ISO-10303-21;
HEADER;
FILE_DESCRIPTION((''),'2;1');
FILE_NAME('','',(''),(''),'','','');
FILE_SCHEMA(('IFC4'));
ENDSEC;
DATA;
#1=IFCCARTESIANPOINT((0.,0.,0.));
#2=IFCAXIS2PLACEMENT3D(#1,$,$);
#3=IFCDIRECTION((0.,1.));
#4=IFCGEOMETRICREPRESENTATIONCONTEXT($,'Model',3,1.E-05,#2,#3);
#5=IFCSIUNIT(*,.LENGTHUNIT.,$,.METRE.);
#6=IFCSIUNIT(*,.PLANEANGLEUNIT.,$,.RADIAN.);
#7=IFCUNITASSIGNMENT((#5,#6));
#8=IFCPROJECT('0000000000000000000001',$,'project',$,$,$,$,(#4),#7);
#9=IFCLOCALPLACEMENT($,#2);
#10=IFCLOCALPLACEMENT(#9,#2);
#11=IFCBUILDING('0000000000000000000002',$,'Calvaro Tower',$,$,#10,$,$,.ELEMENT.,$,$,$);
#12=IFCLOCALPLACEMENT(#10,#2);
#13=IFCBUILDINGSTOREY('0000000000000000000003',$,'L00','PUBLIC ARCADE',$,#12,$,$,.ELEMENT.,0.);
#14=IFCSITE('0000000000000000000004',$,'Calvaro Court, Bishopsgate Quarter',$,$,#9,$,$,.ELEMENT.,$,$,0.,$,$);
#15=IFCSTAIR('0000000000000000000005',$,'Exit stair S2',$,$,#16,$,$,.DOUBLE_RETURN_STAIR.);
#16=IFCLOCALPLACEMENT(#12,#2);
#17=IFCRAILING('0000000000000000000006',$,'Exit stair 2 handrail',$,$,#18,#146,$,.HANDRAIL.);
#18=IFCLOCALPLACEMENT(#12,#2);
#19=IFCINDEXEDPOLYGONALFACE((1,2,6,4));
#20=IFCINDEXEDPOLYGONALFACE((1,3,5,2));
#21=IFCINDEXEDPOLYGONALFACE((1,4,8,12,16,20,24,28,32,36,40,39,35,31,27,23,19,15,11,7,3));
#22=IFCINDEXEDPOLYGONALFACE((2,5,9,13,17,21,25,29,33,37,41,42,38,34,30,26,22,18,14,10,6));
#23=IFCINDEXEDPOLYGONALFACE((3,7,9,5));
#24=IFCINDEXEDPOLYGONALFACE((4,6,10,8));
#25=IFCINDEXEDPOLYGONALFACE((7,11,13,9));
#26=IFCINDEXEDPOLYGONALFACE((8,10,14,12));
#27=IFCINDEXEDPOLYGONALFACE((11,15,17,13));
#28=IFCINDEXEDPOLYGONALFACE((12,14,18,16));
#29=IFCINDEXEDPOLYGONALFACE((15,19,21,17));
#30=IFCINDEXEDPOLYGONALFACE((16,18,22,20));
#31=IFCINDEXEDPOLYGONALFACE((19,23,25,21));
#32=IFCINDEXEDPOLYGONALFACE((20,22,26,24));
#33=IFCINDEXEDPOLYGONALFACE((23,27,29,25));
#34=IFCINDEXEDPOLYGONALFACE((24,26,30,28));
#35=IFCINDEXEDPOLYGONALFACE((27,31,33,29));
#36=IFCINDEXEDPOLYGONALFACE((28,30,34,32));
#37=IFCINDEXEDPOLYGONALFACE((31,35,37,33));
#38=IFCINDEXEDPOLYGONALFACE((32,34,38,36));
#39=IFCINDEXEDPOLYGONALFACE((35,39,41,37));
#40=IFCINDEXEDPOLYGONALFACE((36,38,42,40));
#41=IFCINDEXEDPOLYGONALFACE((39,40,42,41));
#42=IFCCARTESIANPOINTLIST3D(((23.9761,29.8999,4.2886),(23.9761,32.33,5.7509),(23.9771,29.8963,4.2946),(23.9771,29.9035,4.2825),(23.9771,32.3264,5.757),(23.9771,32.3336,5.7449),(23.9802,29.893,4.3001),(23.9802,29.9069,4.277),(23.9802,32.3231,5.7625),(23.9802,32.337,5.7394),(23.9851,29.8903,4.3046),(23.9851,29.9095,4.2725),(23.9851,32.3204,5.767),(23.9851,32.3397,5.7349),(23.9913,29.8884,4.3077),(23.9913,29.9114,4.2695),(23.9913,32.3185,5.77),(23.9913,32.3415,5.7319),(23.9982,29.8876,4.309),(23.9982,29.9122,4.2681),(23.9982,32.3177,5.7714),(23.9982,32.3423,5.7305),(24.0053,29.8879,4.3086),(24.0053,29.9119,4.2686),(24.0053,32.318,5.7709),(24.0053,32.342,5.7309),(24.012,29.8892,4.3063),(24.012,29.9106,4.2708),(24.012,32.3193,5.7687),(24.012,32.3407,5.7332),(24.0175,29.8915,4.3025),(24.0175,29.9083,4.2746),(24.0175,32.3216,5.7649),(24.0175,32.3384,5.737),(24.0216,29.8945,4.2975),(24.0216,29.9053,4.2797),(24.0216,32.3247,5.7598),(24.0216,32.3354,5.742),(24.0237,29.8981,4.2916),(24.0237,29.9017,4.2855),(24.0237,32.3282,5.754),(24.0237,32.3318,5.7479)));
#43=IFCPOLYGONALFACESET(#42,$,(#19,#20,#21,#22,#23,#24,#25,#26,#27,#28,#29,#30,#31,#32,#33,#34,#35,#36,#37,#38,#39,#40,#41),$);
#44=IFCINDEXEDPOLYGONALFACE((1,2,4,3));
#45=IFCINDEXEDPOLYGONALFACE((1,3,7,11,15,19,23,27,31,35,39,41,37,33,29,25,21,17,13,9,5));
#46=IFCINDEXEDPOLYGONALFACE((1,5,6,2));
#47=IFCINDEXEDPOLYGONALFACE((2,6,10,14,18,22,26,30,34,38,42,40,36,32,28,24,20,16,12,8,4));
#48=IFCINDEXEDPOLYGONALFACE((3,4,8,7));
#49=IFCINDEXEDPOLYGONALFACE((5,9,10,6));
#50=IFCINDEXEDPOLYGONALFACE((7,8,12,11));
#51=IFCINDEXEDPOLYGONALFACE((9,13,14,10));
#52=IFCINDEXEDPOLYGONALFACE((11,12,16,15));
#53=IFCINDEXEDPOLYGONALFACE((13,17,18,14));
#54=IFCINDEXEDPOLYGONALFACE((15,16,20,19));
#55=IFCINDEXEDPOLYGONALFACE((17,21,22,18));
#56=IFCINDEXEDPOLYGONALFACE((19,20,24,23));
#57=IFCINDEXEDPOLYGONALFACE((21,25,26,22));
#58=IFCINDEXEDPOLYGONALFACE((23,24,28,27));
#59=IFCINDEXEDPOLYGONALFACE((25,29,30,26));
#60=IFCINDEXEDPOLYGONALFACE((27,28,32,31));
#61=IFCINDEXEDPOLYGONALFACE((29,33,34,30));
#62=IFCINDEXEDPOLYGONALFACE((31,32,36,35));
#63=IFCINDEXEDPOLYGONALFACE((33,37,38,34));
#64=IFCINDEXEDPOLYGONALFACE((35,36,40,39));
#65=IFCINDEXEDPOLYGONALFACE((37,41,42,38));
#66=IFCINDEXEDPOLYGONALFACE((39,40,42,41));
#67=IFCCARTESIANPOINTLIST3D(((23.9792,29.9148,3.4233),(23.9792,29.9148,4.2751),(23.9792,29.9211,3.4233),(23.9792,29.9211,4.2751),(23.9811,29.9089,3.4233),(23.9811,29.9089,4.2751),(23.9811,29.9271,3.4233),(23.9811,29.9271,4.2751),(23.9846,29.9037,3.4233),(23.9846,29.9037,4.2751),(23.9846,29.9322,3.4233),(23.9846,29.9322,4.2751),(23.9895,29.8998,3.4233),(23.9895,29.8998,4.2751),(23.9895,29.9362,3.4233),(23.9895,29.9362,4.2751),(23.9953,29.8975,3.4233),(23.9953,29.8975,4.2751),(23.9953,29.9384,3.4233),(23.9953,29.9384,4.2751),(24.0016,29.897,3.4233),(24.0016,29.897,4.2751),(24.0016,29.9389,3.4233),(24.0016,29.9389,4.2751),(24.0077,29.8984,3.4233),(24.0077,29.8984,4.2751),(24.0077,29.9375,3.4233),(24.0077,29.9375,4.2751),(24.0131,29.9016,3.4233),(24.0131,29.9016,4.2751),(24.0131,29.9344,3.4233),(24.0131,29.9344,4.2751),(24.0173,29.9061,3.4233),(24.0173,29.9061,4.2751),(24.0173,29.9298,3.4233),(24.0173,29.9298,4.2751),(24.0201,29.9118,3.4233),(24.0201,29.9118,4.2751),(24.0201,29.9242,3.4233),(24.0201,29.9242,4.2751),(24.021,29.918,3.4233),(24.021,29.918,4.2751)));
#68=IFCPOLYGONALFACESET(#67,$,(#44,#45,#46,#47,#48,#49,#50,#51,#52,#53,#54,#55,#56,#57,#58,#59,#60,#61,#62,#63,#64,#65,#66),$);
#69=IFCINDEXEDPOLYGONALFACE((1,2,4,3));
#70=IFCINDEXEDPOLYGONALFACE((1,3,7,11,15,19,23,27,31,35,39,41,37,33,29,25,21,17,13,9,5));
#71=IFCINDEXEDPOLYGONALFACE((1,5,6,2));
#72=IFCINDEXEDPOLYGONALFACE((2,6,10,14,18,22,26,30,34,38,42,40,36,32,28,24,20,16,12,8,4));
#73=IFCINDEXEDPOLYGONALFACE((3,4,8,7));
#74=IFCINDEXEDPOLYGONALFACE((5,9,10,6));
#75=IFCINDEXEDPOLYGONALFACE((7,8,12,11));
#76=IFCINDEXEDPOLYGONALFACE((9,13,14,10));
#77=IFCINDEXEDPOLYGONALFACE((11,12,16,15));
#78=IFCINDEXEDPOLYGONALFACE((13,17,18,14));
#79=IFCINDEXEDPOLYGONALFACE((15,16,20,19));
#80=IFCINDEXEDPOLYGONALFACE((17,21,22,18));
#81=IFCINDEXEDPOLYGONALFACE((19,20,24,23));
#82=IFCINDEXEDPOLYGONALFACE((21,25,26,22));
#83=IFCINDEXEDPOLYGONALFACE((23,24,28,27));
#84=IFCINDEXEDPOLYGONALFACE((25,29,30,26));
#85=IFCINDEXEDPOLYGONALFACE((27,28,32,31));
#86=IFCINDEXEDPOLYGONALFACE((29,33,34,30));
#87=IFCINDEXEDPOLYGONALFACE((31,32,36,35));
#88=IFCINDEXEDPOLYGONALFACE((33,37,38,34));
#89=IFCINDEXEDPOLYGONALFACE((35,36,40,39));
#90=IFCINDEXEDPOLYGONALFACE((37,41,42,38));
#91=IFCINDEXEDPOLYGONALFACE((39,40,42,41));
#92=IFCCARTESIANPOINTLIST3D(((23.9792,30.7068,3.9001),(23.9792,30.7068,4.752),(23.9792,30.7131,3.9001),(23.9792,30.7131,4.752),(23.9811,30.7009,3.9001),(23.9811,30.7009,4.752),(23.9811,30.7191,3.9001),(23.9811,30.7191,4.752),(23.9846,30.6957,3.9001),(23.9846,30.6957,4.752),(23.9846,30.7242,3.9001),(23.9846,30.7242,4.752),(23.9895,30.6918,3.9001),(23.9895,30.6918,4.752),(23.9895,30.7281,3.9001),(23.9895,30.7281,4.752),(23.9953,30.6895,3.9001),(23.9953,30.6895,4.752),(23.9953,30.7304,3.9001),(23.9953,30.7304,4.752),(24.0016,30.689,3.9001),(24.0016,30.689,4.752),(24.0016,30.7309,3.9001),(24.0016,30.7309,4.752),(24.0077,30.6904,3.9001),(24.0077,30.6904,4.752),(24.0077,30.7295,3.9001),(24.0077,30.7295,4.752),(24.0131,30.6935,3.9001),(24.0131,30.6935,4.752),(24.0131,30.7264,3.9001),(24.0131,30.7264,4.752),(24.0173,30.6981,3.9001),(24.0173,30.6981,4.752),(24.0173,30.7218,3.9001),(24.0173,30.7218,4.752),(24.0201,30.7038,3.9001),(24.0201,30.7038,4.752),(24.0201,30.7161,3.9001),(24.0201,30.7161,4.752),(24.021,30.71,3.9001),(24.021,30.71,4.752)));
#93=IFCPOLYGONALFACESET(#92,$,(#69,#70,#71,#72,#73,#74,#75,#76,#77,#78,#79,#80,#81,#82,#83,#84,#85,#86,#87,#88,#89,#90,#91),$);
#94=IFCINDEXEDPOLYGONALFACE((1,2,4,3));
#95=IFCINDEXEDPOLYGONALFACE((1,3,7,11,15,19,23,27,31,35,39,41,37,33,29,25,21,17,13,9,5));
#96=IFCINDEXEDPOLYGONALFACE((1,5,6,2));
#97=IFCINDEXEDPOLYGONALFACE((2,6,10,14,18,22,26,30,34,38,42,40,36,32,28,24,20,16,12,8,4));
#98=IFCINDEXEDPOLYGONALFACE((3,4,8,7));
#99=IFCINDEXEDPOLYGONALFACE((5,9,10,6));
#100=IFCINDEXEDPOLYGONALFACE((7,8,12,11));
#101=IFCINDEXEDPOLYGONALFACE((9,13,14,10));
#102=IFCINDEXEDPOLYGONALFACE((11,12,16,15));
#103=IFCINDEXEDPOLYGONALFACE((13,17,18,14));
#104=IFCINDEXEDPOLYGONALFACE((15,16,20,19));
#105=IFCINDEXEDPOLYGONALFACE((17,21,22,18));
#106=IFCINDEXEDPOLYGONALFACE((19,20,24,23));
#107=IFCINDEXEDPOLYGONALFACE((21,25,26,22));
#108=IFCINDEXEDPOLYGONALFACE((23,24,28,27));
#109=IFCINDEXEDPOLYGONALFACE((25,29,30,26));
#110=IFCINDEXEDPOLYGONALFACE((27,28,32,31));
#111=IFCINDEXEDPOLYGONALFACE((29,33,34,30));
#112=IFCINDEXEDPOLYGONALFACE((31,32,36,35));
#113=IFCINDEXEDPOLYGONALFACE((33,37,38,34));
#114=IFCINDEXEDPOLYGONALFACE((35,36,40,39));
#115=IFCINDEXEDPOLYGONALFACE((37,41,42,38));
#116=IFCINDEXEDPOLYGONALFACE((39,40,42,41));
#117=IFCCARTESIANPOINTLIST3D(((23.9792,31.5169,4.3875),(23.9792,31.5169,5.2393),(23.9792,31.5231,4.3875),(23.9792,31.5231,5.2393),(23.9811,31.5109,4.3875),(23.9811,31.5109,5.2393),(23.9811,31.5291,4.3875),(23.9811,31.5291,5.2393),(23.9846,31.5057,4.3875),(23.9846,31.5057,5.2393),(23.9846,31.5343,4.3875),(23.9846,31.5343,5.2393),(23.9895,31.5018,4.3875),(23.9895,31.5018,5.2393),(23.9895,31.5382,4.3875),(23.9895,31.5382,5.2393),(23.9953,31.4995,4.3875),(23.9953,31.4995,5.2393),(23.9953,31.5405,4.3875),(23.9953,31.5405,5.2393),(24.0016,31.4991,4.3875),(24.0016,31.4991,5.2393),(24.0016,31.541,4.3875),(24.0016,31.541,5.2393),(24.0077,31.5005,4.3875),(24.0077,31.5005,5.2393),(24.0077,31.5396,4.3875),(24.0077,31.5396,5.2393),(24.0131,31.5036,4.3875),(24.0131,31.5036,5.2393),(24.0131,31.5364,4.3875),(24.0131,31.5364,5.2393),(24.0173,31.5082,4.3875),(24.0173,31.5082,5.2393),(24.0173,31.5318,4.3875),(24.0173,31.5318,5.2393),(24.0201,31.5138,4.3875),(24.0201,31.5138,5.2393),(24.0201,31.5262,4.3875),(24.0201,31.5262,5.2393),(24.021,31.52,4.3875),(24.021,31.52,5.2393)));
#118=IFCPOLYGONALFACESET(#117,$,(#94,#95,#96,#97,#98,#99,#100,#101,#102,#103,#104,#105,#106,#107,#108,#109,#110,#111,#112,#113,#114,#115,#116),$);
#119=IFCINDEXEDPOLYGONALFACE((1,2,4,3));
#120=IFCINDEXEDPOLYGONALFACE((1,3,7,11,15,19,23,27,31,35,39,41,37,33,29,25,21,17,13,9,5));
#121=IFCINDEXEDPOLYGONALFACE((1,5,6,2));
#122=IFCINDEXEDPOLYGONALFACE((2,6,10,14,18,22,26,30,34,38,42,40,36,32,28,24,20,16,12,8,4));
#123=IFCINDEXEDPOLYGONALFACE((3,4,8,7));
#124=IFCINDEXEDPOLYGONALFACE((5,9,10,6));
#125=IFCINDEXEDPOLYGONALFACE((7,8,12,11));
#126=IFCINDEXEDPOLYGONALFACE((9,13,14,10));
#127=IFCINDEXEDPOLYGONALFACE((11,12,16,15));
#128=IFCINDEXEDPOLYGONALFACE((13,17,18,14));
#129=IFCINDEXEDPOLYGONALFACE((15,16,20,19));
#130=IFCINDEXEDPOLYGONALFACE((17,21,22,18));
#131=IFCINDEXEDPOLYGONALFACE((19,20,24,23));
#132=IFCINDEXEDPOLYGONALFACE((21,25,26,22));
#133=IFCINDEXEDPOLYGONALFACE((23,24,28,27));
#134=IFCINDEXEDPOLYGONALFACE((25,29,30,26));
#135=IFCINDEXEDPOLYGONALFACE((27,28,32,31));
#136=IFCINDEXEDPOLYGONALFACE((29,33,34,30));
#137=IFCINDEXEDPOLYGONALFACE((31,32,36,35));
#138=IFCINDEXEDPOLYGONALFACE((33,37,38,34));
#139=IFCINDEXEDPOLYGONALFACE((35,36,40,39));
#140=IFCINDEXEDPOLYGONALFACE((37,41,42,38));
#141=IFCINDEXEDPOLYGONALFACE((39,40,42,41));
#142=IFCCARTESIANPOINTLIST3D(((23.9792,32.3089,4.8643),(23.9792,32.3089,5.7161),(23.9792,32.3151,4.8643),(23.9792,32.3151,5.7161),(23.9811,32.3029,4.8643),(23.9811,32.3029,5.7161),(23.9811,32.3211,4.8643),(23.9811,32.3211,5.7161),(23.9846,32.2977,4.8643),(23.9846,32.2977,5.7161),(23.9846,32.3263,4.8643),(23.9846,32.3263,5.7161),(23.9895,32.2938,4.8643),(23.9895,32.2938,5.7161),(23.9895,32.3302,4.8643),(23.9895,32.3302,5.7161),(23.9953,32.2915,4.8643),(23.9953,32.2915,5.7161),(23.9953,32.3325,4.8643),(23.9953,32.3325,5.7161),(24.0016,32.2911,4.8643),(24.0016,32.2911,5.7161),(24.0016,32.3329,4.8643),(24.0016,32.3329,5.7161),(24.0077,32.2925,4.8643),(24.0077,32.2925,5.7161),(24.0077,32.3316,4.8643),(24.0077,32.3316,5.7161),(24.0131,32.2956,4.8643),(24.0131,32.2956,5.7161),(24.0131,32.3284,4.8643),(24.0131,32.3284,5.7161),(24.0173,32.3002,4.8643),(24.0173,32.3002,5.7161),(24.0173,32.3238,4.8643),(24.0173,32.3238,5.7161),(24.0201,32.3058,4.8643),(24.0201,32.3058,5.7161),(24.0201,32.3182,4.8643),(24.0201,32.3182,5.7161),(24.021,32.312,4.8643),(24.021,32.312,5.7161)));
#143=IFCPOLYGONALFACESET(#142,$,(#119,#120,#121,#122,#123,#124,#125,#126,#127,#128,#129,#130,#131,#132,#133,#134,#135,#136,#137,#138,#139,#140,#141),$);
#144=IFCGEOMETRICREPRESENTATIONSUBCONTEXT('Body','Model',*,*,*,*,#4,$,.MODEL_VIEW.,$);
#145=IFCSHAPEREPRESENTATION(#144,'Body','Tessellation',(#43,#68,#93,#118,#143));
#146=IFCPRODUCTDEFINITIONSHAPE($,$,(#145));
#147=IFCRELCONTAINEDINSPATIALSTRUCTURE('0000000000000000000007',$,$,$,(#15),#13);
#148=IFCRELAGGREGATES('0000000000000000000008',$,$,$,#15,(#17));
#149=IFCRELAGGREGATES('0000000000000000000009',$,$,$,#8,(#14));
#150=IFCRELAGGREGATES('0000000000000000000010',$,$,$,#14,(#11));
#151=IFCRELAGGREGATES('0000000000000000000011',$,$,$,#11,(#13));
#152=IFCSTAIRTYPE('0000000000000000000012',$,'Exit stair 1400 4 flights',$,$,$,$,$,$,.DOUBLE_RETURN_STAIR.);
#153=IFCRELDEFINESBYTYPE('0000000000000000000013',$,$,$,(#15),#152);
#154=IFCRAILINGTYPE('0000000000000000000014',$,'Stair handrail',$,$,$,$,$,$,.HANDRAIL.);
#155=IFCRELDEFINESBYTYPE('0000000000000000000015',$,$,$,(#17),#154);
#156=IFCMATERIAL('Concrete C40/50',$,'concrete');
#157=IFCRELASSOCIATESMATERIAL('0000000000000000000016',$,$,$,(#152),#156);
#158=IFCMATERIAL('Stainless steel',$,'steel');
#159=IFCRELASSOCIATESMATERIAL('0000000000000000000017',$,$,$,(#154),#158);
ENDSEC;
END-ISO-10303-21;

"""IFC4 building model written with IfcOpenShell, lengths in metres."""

from ifc_helpers import new_model, si_unit, direction, frame, origin, origin_2d, place, context, subcontext, project, spatial, circle, extrude, material, type_object, element, aggregate, save


model = new_model("IFC4")

# Units and contexts
model_context = context("Model", 3, precision=1e-05, world=origin(), true_north=direction((0.0, 1.0)))
body_context = subcontext(model_context, "Body", "Model", "MODEL_VIEW")
ifc_project = project(units=[si_unit("LENGTHUNIT", "METRE"), si_unit("PLANEANGLEUNIT", "RADIAN")], contexts=[model_context])

# Site, building, storey
site_placement = place(None, origin())
site = spatial("IfcSite", under=ifc_project, at=site_placement, Name="Calvaro Court, Bishopsgate Quarter", CompositionType="ELEMENT", RefElevation=0.0)
building_placement = place(site_placement, origin())
building = spatial("IfcBuilding", under=site, at=building_placement, Name="Calvaro Tower", CompositionType="ELEMENT")
storey_placement = place(building_placement, origin())
storey = spatial("IfcBuildingStorey", under=building, at=storey_placement, Name="L00", Description="PUBLIC ARCADE", CompositionType="ELEMENT", Elevation=0.0)

# Stair, railing
ifc_material_1 = material(Name="Concrete C40/50", Category="concrete")
stair_type = type_object("IfcStairType", Name="Exit stair 1400 4 flights", PredefinedType="DOUBLE_RETURN_STAIR", material=ifc_material_1)
stair_placement = place(storey_placement, origin())
stair = element("IfcStair", 1, at=stair_placement, inside=storey, type_object=stair_type, Name="Exit stair S2", PredefinedType="DOUBLE_RETURN_STAIR")
ifc_material_2 = material(Name="Stainless steel", Category="steel")
railing_type = type_object("IfcRailingType", Name="Stair handrail", PredefinedType="HANDRAIL", material=ifc_material_2)
railing_1_placement = place(storey_placement, frame((24.0, 29.8999, 3.4126)))
railing_1 = element("IfcRailing", 2, at=railing_1_placement, type_object=railing_type, Name="Exit stair 2 handrail", PredefinedType="HANDRAIL", context=body_context, shape_type="SweptSolid", body=[
    extrude(circle(Radius=0.0239, at=origin_2d()), frame((0.0, 0.0, 0.876), z_axis=(0.0, 0.856824, 0.515609), x_axis=(-1.0, 0.0, 0.0)), (0.0, 0.0, 1.0), 2.8362),
    extrude(circle(Radius=0.021, at=origin_2d()), frame((0.0, 0.0181, 0.0107)), (0.0, 0.0, 1.0), 0.8518),
    extrude(circle(Radius=0.021, at=origin_2d()), frame((0.0, 0.8101, 0.4875)), (0.0, 0.0, 1.0), 0.8518),
    extrude(circle(Radius=0.021, at=origin_2d()), frame((0.0, 1.6201, 0.9749)), (0.0, 0.0, 1.0), 0.8518),
    extrude(circle(Radius=0.021, at=origin_2d()), frame((0.0, 2.4121, 1.4517)), (0.0, 0.0, 1.0), 0.8518),
])
aggregate(stair, [railing_1])

save(model, "model.ifc")
